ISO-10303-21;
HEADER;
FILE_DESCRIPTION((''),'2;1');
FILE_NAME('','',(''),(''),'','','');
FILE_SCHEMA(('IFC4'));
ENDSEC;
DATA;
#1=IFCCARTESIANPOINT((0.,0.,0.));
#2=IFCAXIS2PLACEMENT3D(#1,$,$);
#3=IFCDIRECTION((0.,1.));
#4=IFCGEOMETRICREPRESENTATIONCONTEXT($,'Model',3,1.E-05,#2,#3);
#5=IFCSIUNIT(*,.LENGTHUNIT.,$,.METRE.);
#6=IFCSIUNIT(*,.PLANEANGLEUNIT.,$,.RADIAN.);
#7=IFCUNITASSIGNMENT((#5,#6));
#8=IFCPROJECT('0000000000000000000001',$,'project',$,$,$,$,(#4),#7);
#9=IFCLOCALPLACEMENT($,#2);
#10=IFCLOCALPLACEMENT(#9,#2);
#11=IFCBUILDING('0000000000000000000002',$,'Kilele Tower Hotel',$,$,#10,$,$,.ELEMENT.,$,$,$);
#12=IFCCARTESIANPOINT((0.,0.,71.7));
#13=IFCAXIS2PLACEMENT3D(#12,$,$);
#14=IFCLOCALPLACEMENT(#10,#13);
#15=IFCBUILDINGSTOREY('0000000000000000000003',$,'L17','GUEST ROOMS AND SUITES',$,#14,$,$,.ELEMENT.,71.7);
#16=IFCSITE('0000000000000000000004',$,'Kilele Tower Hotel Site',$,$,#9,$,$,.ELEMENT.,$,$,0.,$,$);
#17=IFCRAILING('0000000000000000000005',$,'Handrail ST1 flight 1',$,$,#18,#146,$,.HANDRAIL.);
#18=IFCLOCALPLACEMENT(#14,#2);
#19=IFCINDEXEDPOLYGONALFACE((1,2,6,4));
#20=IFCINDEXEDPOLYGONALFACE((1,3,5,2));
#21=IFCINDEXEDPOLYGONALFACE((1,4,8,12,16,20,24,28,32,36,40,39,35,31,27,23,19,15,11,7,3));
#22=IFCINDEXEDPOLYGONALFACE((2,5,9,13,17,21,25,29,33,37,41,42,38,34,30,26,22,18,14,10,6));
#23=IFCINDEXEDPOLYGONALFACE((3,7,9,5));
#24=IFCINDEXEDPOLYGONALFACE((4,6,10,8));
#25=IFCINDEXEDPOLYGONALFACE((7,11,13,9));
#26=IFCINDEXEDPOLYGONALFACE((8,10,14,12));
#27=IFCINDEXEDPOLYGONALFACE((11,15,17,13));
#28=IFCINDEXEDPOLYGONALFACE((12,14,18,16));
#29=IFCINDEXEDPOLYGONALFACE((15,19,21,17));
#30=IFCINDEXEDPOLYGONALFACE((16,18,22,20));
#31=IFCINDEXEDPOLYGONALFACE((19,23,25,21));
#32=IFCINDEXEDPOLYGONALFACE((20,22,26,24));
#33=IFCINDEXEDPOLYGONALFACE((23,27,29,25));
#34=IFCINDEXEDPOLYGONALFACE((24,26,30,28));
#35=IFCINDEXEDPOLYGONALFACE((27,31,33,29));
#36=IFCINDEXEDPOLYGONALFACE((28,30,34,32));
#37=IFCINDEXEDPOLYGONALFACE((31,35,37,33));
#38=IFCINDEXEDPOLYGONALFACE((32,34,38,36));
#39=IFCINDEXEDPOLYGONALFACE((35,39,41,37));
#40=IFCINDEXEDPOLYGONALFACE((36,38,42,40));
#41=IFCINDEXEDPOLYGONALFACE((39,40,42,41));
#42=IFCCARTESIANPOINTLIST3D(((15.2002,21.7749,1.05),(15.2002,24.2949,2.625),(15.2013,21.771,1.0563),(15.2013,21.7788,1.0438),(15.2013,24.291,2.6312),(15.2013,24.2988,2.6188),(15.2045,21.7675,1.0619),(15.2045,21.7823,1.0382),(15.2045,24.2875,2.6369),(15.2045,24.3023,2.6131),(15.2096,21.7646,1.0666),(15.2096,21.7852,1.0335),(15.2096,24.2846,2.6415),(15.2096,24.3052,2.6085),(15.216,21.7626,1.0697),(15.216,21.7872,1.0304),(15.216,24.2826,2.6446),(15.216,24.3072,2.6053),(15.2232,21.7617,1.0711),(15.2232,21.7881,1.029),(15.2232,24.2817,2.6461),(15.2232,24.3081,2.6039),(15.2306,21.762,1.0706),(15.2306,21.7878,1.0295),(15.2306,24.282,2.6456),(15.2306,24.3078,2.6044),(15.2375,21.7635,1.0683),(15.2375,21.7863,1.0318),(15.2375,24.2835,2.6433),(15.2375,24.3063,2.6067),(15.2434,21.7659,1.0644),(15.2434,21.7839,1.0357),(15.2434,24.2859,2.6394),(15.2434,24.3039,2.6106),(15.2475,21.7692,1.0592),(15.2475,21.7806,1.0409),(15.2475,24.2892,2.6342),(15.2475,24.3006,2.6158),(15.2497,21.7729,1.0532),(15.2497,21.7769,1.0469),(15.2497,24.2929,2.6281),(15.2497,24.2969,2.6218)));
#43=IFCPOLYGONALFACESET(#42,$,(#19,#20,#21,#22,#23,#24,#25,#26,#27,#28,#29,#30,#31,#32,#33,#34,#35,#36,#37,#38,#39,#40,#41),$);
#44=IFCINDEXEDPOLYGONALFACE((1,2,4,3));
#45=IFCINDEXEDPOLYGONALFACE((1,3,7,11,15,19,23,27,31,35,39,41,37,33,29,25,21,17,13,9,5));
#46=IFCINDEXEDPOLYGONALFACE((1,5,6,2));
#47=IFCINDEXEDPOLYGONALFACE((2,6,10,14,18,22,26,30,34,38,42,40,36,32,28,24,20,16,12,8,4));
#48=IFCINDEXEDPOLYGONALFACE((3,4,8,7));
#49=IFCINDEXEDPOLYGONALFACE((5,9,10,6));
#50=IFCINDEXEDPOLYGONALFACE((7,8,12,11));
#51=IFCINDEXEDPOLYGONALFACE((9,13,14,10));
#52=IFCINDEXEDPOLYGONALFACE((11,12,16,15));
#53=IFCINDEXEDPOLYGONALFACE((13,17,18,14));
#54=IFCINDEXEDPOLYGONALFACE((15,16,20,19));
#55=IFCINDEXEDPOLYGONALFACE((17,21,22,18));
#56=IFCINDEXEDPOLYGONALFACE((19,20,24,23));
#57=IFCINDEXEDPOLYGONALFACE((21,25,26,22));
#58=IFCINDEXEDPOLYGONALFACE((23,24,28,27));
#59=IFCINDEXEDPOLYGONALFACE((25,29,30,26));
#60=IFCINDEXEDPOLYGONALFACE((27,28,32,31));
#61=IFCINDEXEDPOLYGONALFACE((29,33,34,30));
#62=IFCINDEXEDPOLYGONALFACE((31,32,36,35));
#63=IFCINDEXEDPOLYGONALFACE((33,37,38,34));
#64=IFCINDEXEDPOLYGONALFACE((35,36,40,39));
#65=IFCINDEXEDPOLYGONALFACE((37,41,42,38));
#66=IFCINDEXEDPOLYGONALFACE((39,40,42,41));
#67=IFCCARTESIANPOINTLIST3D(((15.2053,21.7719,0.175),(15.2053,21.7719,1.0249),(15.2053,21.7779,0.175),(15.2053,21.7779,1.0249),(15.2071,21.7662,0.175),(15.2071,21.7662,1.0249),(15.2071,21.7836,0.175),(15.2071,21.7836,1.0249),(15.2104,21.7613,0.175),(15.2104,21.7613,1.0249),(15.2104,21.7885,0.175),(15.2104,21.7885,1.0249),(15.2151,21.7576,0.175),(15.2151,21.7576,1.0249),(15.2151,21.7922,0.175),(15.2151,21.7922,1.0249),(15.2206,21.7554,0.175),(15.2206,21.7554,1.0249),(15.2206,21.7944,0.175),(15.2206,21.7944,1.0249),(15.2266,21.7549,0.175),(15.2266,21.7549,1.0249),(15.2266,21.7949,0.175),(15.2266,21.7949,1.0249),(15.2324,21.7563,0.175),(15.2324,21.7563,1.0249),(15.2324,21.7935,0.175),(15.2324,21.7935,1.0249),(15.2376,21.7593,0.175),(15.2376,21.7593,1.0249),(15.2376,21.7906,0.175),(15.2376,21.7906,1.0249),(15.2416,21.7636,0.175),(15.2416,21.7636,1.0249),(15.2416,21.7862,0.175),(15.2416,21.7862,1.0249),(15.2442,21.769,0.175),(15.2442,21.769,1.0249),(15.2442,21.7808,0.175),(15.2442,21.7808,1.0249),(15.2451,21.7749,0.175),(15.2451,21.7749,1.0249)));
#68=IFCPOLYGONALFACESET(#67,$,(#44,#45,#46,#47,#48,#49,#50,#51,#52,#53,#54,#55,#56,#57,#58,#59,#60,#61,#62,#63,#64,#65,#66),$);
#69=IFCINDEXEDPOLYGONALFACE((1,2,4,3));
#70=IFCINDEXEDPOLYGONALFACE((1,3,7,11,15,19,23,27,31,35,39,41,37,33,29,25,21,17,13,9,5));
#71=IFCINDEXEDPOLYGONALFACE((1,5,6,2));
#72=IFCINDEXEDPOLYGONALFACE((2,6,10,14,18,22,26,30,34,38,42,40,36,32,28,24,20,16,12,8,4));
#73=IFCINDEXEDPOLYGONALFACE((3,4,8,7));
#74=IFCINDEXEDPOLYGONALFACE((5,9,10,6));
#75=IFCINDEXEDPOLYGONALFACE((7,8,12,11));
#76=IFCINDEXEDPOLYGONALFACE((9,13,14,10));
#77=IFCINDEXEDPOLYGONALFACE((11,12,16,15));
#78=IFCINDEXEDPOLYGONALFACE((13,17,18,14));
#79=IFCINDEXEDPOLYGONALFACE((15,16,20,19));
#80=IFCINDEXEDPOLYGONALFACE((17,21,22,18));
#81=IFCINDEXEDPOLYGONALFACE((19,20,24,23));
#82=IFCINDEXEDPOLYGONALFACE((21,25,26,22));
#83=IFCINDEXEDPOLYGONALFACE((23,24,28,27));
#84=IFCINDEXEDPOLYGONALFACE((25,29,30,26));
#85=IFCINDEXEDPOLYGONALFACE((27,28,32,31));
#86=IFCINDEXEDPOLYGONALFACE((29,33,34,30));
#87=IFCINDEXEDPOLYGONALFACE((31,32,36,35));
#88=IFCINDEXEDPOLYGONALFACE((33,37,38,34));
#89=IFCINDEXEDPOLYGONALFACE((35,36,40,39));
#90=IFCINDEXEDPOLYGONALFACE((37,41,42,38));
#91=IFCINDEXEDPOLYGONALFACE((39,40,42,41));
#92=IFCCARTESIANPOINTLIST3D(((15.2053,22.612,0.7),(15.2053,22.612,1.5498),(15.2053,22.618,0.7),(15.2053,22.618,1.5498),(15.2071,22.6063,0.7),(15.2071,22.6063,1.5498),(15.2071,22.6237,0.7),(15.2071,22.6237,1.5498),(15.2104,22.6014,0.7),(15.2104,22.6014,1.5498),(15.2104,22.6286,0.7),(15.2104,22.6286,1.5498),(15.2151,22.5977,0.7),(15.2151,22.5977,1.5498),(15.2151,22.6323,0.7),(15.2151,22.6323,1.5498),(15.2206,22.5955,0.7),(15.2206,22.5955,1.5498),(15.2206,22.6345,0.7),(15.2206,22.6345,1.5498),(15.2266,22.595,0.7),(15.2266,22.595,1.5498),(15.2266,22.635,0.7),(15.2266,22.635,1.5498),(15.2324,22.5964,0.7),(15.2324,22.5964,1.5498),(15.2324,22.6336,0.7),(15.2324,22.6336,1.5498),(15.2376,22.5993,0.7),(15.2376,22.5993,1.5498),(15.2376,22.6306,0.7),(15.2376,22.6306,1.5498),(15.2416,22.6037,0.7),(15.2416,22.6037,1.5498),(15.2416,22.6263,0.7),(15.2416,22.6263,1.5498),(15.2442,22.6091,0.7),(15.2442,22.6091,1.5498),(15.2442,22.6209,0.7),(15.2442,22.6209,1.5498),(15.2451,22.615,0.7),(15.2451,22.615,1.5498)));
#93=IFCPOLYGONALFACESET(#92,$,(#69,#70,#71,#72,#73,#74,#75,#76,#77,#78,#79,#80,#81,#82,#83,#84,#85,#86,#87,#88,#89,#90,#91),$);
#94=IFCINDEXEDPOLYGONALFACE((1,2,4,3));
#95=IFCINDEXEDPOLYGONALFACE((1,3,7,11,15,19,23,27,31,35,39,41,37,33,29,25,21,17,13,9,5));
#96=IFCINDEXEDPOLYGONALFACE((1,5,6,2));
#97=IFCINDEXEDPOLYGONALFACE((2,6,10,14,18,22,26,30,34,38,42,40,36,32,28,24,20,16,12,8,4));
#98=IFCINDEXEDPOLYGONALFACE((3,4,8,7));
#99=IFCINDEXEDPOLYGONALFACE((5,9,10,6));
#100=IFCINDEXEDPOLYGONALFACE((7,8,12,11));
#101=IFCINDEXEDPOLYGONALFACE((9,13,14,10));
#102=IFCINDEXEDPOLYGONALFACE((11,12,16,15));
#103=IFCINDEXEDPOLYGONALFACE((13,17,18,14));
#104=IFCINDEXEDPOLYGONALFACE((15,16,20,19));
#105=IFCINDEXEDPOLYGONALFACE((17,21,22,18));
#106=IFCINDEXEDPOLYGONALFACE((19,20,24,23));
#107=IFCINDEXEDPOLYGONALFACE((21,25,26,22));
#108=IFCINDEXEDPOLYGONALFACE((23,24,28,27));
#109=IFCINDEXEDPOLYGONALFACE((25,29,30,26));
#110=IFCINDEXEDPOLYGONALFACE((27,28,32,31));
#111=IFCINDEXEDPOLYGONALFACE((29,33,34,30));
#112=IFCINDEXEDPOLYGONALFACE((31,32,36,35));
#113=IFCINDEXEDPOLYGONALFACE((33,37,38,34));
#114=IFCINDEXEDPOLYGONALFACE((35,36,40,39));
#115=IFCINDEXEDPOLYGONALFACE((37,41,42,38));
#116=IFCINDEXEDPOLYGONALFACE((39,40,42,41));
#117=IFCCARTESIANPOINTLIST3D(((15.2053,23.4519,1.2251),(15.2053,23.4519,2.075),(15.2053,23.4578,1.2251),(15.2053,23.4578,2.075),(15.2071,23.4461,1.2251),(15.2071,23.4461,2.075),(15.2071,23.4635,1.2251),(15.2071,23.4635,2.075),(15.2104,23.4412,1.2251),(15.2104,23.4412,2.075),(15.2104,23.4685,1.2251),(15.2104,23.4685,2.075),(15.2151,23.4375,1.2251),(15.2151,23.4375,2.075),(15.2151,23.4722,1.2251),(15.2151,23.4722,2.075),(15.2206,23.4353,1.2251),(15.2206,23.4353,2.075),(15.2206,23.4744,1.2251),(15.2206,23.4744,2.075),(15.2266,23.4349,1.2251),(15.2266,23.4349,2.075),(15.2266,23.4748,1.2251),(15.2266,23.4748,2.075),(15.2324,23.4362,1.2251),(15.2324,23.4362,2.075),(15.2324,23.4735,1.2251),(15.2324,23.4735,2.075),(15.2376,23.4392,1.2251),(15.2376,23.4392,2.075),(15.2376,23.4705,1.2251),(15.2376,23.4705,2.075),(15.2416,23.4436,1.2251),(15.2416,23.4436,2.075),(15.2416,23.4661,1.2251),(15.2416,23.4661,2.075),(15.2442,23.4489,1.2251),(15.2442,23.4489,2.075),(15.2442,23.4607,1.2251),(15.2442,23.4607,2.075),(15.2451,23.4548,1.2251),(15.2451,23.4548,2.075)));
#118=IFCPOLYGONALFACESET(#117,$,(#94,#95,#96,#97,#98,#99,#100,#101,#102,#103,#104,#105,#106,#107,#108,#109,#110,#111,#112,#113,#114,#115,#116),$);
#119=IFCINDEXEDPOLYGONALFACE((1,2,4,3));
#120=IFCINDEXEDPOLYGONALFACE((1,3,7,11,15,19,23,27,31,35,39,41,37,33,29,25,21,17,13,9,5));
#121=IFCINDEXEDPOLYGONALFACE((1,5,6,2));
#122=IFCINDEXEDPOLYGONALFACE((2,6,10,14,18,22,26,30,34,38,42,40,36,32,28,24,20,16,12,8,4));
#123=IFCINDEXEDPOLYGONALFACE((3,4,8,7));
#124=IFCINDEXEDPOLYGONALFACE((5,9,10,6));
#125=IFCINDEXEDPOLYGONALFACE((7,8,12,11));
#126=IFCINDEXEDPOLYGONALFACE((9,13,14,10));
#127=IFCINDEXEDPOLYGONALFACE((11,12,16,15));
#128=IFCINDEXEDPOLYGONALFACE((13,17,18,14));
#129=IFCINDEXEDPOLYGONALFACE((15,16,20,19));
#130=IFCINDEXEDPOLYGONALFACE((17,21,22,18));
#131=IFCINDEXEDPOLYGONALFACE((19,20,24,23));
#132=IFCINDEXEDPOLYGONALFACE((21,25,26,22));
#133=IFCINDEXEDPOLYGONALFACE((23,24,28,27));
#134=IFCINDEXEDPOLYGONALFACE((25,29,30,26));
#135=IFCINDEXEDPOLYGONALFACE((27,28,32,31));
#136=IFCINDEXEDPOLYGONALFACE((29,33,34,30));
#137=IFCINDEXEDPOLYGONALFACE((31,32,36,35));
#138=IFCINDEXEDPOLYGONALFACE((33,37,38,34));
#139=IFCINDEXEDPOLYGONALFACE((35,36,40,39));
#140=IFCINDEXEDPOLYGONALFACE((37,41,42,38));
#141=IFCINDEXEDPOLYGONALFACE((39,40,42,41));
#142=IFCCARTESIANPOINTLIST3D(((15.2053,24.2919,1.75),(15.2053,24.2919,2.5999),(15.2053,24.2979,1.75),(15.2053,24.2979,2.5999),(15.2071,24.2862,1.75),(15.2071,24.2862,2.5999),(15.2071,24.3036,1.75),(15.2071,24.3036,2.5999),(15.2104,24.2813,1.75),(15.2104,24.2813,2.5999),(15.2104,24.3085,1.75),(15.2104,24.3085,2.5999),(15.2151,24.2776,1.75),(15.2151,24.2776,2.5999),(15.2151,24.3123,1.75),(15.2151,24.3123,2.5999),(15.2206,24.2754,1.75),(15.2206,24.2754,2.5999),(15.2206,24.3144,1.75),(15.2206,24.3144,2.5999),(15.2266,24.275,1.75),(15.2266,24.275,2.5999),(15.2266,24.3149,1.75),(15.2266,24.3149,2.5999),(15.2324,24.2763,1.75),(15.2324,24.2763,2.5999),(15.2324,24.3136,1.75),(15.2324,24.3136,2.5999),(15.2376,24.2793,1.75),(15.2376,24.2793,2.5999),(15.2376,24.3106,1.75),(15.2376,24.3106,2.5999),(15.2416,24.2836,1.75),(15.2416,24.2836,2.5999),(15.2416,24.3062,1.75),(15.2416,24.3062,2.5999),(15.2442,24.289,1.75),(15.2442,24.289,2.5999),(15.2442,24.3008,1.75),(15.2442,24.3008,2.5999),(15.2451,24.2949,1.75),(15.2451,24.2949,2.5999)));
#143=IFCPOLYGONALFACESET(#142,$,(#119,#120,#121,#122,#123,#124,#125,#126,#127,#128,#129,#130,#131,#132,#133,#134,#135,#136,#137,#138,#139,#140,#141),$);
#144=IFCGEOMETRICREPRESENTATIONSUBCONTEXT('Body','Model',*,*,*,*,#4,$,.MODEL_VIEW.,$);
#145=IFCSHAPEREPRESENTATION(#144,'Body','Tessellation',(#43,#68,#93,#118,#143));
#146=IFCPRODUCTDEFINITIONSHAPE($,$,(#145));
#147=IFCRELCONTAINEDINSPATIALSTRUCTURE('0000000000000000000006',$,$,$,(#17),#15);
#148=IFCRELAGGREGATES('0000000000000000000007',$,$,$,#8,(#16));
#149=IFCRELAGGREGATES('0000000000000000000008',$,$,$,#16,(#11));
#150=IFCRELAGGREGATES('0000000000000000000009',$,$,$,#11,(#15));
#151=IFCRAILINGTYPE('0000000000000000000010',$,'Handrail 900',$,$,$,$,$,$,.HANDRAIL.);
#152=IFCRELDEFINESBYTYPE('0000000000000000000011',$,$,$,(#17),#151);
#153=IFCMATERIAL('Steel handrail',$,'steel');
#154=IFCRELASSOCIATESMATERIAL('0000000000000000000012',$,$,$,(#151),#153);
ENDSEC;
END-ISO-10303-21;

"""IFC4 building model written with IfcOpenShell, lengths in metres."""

from ifc_helpers import new_model, si_unit, direction, frame, origin, origin_2d, place, context, subcontext, project, spatial, circle, extrude, material, type_object, element, save


model = new_model("IFC4")

# Units and contexts
model_context = context("Model", 3, precision=1e-05, world=origin(), true_north=direction((0.0, 1.0)))
body_context = subcontext(model_context, "Body", "Model", "MODEL_VIEW")
ifc_project = project(units=[si_unit("LENGTHUNIT", "METRE"), si_unit("PLANEANGLEUNIT", "RADIAN")], contexts=[model_context])

# Site, building, storey
site_placement = place(None, origin())
site = spatial("IfcSite", under=ifc_project, at=site_placement, Name="Kilele Tower Hotel Site", CompositionType="ELEMENT", RefElevation=0.0)
building_placement = place(site_placement, origin())
building = spatial("IfcBuilding", under=site, at=building_placement, Name="Kilele Tower Hotel", CompositionType="ELEMENT")
storey_placement = place(building_placement, frame((0.0, 0.0, 71.7)))
storey = spatial("IfcBuildingStorey", under=building, at=storey_placement, Name="L17", Description="GUEST ROOMS AND SUITES", CompositionType="ELEMENT", Elevation=71.7)

# Railing
ifc_material_1 = material(Name="Steel handrail", Category="steel")
railing_type_1 = type_object("IfcRailingType", Name="Handrail 900", PredefinedType="HANDRAIL", material=ifc_material_1)
for number, where, name in (
    (1, (15.2251, 21.7749, 0.175), "Handrail ST1 flight 1"),
):
    element("IfcRailing", number, at=place(storey_placement, frame(where)), inside=storey, type_object=railing_type_1, Name=name, PredefinedType="HANDRAIL", context=body_context, shape_type="SweptSolid", body=[
        extrude(circle(Radius=0.0249, at=origin_2d()), frame((0.0, 0.0, 0.875), z_axis=(0.0, 0.848008, 0.529984), x_axis=(-1.0, 0.0, 0.0)), (0.0, 0.0, 1.0), 2.9717),
        extrude(circle(Radius=0.02, at=origin_2d()), origin(), (0.0, 0.0, 1.0), 0.8499),
        extrude(circle(Radius=0.02, at=origin_2d()), frame((0.0, 0.8401, 0.5249)), (0.0, 0.0, 1.0), 0.8499),
        extrude(circle(Radius=0.02, at=origin_2d()), frame((0.0, 1.6799, 1.05)), (0.0, 0.0, 1.0), 0.8499),
        extrude(circle(Radius=0.02, at=origin_2d()), frame((0.0, 2.52, 1.575)), (0.0, 0.0, 1.0), 0.8499),
    ])

save(model, "model.ifc")
